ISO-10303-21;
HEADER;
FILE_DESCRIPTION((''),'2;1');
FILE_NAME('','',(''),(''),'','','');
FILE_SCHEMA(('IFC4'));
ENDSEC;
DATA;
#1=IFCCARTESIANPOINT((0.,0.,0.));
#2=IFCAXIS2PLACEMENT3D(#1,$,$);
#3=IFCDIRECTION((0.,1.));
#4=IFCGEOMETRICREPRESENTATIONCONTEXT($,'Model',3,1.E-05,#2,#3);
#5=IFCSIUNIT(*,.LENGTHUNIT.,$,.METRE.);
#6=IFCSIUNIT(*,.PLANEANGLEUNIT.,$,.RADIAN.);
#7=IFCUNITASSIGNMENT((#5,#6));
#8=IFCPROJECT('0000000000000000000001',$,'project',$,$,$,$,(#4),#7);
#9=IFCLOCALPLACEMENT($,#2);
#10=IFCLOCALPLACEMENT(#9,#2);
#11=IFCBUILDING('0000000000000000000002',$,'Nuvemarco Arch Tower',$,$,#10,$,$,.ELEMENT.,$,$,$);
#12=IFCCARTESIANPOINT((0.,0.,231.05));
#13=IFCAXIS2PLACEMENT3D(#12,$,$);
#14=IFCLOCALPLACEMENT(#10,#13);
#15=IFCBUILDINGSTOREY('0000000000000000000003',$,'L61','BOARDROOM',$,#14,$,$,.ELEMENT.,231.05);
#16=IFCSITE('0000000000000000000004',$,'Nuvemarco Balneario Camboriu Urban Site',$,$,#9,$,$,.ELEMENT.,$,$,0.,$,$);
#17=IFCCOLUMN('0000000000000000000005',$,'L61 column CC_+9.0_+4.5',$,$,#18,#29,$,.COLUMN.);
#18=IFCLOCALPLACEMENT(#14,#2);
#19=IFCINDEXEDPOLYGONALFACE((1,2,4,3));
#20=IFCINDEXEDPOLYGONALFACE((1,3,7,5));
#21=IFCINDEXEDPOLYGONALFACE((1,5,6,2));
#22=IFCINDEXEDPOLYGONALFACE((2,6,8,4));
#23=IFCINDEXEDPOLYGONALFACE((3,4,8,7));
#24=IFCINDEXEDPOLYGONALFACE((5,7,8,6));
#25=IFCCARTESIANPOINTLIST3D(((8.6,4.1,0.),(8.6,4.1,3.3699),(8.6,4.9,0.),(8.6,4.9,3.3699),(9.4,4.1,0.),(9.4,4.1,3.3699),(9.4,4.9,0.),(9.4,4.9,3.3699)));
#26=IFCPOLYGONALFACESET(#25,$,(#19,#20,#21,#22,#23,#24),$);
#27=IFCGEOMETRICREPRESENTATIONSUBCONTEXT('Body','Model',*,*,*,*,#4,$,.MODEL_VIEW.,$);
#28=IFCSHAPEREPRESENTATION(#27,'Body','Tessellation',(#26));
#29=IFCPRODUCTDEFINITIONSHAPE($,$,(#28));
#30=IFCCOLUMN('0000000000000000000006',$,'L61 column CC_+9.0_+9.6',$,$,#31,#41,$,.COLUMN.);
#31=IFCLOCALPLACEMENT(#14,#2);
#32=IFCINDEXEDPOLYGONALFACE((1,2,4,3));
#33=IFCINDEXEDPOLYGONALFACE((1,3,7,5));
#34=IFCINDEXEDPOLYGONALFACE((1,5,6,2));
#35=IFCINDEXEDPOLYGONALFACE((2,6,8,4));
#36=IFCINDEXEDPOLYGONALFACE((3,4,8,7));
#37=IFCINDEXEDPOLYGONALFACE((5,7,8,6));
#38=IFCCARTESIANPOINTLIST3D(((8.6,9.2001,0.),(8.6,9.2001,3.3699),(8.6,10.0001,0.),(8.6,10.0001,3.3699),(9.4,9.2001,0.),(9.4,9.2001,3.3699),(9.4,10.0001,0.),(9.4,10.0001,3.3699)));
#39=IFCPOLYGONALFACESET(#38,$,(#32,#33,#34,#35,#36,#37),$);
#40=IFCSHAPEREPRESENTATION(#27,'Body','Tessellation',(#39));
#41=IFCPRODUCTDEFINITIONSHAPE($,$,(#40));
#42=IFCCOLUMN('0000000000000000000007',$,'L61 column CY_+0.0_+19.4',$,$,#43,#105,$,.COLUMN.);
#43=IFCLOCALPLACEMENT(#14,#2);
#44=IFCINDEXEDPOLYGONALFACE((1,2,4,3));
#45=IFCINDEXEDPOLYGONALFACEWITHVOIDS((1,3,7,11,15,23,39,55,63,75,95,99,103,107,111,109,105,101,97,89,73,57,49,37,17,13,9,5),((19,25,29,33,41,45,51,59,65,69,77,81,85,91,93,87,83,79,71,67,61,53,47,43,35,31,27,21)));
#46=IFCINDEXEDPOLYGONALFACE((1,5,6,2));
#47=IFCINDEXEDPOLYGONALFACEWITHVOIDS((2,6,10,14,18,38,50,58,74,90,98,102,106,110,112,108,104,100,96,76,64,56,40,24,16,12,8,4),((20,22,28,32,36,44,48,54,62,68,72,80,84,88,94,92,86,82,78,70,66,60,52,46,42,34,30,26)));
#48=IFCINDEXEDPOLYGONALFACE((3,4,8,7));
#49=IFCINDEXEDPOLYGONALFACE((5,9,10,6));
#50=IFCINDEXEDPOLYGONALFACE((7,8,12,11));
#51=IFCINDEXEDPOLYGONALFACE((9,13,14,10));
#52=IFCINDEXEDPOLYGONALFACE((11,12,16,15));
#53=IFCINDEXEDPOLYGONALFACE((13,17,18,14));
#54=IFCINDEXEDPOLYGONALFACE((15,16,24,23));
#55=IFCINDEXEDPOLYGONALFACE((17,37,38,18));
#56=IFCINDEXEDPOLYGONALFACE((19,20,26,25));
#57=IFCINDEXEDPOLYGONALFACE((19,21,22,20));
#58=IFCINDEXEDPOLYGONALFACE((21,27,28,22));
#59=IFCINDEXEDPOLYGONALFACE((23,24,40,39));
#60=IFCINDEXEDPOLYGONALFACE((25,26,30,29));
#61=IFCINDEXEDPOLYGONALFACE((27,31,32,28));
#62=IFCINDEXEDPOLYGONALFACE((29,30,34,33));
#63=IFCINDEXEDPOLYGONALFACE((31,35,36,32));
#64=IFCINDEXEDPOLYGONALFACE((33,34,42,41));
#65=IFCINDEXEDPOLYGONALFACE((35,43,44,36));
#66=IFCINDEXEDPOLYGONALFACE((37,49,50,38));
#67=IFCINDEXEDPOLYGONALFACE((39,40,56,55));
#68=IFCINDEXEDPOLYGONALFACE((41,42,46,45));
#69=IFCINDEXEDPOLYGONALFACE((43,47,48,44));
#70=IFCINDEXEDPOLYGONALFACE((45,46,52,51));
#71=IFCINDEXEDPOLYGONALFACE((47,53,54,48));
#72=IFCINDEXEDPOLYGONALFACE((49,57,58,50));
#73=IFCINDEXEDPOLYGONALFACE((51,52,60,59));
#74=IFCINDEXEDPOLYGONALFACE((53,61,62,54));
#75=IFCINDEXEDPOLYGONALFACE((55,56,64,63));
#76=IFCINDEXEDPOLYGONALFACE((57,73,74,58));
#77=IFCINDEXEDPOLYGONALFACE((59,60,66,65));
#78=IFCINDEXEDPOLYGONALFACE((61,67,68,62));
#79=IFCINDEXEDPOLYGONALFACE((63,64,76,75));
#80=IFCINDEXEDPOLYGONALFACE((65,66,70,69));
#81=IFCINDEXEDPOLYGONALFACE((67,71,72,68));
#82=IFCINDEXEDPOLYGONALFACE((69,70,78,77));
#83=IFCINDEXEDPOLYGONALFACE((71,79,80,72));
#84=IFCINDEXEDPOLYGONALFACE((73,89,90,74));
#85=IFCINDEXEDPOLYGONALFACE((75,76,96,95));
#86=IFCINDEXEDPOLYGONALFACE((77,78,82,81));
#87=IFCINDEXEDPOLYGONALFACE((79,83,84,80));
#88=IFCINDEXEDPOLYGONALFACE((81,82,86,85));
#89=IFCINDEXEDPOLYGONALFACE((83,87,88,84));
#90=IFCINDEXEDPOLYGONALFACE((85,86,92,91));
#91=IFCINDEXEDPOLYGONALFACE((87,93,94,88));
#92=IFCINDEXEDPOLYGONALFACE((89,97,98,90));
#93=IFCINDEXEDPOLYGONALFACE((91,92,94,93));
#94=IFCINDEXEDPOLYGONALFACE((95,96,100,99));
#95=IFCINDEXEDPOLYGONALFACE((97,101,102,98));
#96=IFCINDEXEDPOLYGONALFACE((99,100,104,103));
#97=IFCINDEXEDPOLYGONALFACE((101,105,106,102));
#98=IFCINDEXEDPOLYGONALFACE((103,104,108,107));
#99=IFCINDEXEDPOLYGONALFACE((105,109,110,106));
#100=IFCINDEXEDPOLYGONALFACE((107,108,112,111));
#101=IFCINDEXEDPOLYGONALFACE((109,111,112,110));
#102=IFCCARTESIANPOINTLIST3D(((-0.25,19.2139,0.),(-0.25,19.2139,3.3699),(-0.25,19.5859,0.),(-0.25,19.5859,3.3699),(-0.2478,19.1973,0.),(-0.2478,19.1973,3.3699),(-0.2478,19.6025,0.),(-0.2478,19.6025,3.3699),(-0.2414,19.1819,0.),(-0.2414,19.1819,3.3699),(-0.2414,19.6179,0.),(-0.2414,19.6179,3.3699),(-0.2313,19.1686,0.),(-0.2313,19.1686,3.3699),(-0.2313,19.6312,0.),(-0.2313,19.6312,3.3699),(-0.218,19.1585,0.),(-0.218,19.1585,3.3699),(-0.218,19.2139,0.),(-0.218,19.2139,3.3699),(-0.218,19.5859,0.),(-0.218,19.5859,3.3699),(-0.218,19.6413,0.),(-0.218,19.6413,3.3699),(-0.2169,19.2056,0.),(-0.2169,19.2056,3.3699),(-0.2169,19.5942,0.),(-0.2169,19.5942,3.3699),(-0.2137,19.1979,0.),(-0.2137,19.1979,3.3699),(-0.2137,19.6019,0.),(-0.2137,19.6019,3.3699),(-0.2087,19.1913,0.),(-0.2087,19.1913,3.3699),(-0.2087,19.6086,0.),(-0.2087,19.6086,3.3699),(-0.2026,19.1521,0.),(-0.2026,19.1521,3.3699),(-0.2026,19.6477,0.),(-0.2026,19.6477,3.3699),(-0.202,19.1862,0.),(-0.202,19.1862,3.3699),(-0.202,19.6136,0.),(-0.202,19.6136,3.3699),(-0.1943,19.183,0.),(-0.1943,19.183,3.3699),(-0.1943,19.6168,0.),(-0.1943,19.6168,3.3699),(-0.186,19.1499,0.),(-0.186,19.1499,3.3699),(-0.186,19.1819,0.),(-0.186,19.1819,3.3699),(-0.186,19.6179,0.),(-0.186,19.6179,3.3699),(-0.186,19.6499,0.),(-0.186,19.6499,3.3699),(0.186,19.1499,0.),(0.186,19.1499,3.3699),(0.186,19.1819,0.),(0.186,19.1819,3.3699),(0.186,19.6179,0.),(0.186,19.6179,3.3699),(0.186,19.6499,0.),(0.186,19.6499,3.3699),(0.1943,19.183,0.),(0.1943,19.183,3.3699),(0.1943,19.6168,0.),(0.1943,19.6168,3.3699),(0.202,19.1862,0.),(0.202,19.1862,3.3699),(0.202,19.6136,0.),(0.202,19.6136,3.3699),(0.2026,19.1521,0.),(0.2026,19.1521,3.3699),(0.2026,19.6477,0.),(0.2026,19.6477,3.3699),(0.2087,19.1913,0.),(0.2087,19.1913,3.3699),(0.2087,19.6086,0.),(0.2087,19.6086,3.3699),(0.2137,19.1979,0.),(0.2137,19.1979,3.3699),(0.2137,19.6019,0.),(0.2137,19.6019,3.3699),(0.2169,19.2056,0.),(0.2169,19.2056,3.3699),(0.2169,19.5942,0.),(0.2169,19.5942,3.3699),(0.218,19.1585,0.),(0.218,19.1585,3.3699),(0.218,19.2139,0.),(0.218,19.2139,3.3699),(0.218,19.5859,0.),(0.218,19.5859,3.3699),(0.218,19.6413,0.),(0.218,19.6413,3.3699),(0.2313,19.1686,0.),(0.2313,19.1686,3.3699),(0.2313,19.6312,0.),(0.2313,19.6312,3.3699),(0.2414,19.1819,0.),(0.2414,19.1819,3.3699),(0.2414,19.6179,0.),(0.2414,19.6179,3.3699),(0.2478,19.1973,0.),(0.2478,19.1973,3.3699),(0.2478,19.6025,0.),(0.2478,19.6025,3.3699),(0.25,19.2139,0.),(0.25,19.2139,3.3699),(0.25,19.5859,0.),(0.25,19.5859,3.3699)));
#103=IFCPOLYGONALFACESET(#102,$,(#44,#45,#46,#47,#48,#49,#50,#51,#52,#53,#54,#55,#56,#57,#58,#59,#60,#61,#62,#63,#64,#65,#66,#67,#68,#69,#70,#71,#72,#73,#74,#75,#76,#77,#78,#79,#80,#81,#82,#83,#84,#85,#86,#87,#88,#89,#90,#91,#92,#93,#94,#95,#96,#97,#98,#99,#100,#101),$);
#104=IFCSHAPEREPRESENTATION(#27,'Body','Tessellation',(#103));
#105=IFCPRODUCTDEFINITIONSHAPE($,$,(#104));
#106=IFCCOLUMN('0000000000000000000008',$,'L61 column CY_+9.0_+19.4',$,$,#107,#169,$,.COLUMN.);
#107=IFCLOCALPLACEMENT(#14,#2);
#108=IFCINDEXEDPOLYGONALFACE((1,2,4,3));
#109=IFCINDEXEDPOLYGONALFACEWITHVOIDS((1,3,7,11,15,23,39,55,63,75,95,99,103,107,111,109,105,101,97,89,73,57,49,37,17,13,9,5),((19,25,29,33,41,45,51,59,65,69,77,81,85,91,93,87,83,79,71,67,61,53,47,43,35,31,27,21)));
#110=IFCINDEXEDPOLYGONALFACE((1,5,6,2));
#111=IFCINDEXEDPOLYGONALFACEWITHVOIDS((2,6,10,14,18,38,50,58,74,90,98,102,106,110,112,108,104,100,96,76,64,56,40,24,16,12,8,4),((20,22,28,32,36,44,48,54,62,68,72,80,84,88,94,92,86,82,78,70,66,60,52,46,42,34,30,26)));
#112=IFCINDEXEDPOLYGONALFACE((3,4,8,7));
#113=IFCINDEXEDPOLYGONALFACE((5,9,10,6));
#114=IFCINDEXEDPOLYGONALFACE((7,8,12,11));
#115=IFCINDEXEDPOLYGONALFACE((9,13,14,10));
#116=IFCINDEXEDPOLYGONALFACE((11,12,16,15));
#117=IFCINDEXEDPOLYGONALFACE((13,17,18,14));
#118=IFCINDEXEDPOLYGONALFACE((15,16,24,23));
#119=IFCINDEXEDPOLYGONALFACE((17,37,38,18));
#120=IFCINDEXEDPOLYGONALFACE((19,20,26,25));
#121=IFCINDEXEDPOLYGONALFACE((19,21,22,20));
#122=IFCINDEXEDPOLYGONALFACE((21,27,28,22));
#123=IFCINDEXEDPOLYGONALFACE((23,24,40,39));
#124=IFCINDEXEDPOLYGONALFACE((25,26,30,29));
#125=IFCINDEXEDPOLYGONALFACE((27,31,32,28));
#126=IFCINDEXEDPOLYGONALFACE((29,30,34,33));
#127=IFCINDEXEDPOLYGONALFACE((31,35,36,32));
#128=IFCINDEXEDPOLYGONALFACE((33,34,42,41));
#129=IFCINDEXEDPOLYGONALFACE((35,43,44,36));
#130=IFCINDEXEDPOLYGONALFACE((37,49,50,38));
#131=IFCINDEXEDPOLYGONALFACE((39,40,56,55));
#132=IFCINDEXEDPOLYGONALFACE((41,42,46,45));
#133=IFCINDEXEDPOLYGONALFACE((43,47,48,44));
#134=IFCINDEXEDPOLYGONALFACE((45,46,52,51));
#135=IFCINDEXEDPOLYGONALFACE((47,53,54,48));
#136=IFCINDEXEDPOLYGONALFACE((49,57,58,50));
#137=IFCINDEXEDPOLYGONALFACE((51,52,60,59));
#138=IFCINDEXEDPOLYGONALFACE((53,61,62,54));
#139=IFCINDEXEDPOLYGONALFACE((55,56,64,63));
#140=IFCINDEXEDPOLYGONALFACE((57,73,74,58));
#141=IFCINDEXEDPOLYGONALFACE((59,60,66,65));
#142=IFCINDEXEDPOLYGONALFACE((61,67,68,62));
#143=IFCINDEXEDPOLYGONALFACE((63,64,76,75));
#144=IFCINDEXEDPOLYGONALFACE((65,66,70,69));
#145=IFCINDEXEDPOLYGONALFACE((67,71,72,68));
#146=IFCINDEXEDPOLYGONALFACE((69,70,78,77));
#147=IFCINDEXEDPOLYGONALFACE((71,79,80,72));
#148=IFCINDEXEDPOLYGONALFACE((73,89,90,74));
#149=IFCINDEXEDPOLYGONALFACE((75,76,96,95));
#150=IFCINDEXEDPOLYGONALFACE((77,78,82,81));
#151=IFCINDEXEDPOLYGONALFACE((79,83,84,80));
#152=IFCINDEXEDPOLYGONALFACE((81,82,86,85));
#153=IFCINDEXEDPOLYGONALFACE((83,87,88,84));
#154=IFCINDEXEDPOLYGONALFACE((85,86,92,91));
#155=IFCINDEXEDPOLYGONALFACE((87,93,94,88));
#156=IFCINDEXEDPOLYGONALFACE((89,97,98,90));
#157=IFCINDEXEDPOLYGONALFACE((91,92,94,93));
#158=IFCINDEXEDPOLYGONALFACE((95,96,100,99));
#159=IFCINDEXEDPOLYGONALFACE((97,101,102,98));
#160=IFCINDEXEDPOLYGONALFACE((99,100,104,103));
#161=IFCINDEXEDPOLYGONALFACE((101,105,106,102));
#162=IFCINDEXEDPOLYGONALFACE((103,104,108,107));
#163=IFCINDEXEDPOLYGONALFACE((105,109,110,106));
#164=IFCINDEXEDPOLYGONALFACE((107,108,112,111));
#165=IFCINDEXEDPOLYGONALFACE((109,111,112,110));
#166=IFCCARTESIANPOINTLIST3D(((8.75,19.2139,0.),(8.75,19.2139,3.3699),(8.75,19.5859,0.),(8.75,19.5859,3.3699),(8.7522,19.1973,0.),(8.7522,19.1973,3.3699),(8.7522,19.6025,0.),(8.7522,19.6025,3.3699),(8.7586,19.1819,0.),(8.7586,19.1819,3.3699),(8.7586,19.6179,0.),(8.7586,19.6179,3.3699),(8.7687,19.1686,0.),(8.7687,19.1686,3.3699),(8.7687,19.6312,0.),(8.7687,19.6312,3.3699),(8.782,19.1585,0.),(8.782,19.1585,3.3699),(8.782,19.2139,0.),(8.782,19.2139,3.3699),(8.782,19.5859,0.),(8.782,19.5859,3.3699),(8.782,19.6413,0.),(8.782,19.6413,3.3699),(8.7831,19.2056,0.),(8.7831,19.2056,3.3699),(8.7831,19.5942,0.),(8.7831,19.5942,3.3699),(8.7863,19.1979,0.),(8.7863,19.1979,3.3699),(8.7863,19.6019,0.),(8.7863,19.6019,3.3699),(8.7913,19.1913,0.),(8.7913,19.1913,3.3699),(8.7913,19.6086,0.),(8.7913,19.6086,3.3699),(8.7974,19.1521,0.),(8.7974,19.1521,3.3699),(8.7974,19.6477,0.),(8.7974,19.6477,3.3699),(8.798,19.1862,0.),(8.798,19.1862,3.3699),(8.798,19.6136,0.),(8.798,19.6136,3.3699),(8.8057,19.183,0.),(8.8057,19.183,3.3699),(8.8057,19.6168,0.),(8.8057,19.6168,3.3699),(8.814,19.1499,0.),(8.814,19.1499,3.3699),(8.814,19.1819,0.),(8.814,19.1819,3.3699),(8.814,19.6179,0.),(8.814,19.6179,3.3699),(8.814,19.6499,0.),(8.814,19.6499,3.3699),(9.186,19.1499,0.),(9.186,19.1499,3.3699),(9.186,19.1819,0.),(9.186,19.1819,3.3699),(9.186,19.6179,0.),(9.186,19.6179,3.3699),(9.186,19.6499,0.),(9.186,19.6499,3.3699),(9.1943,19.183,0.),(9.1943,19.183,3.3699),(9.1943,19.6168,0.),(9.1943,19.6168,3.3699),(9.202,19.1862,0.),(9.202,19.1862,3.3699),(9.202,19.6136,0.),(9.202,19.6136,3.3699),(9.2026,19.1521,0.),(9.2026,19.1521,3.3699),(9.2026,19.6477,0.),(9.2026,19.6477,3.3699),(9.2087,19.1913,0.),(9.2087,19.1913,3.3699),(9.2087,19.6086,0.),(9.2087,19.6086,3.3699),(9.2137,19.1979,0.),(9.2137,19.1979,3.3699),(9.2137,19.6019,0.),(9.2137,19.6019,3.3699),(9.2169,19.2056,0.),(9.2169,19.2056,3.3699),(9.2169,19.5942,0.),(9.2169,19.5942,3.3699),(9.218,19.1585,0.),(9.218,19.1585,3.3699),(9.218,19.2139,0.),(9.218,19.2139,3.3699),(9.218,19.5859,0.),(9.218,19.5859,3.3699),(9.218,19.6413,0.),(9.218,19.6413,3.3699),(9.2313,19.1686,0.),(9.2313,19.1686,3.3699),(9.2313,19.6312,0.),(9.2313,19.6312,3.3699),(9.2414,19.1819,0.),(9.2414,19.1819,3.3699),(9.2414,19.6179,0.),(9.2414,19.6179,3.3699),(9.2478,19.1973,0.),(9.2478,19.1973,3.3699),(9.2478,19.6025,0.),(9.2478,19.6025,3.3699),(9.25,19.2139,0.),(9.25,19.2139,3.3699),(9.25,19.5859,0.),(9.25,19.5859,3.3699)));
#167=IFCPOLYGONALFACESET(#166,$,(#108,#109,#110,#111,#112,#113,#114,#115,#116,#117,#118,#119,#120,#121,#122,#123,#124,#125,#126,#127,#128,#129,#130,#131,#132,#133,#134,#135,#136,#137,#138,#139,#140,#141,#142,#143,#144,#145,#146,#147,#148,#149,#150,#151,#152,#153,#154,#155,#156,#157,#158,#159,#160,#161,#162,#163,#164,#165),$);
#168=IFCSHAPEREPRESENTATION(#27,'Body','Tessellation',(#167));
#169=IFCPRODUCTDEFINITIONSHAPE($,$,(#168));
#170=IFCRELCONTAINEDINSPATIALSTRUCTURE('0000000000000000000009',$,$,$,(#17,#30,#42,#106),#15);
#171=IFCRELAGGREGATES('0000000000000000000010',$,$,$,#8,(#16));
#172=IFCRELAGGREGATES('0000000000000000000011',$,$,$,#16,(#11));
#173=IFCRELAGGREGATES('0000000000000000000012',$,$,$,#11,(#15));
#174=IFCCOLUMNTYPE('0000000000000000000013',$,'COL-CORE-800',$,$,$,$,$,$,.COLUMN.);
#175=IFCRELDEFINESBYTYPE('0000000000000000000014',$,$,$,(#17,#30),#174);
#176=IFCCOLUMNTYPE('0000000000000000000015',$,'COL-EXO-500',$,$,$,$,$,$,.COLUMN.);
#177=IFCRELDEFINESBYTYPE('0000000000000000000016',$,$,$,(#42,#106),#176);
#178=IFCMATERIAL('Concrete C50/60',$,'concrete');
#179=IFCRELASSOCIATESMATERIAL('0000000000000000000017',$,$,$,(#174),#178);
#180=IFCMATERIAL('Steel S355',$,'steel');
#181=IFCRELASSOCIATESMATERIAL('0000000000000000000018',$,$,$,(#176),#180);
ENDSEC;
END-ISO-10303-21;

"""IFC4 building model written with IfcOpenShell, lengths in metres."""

from ifc_helpers import new_model, si_unit, direction, frame, origin, origin_2d, place, context, subcontext, project, spatial, rectangle, hollow_rectangle, extrude, material, material_profile, profile_set, type_object, element, save


model = new_model("IFC4")

# Units and contexts
model_context = context("Model", 3, precision=1e-05, world=origin(), true_north=direction((0.0, 1.0)))
body_context = subcontext(model_context, "Body", "Model", "MODEL_VIEW")
ifc_project = project(units=[si_unit("LENGTHUNIT", "METRE"), si_unit("PLANEANGLEUNIT", "RADIAN")], contexts=[model_context])

# Site, building, storey
site_placement = place(None, origin())
site = spatial("IfcSite", under=ifc_project, at=site_placement, Name="Nuvemarco Balneario Camboriu Urban Site", CompositionType="ELEMENT", RefElevation=0.0)
building_placement = place(site_placement, origin())
building = spatial("IfcBuilding", under=site, at=building_placement, Name="Nuvemarco Arch Tower", CompositionType="ELEMENT")
storey_placement = place(building_placement, frame((0.0, 0.0, 231.05)))
storey = spatial("IfcBuildingStorey", under=building, at=storey_placement, Name="L61", Description="BOARDROOM", CompositionType="ELEMENT", Elevation=231.05)

# Columns
ifc_material_1 = material(Name="Concrete C50/60", Category="concrete")
ifc_material_profile_1 = material_profile(ifc_material_1, rectangle(XDim=0.8, YDim=0.8, at=origin_2d()), Name="RC-COL-800x800")
ifc_profile_set_1 = profile_set([ifc_material_profile_1], Name="Concrete C50/60")
column_type_1 = type_object("IfcColumnType", Name="COL-CORE-800", PredefinedType="COLUMN", material=ifc_profile_set_1)
for number, where, z_axis, x_axis, name in (
    (1, (9.0, 4.5, 0.0), (0.0, 0.0, 1.0), (1.0, 0.0, 0.0), "L61 column CC_+9.0_+4.5"),
    (2, (9.0, 9.6001, 0.0), (0.0, 0.0, 1.0), (1.0, 0.0, 0.0), "L61 column CC_+9.0_+9.6"),
):
    element("IfcColumn", number, at=place(storey_placement, frame(where, z_axis=z_axis, x_axis=x_axis)), inside=storey, type_object=column_type_1, Name=name, PredefinedType="COLUMN", context=body_context, shape_type="SweptSolid", body=[
        extrude(rectangle(XDim=0.8, YDim=0.8, at=origin_2d()), origin(), (0.0, 0.0, 1.0), 3.3699),
    ])
ifc_material_2 = material(Name="Steel S355", Category="steel")
ifc_material_profile_2 = material_profile(ifc_material_2, hollow_rectangle(XDim=0.5, YDim=0.5, WallThickness=0.032, InnerFilletRadius=0.032, OuterFilletRadius=0.064, at=origin_2d()), Name="SHS500x500x32")
ifc_profile_set_2 = profile_set([ifc_material_profile_2], Name="Steel S355")
column_type_2 = type_object("IfcColumnType", Name="COL-EXO-500", PredefinedType="COLUMN", material=ifc_profile_set_2)
for number, where, z_axis, x_axis, name in (
    (3, (0.0, 19.3999, 0.0), (0.0, 0.0, 1.0), (1.0, 0.0, 0.0), "L61 column CY_+0.0_+19.4"),
    (4, (9.0, 19.3999, 0.0), (0.0, 0.0, 1.0), (1.0, 0.0, 0.0), "L61 column CY_+9.0_+19.4"),
):
    element("IfcColumn", number, at=place(storey_placement, frame(where, z_axis=z_axis, x_axis=x_axis)), inside=storey, type_object=column_type_2, Name=name, PredefinedType="COLUMN", context=body_context, shape_type="SweptSolid", body=[
        extrude(hollow_rectangle(XDim=0.5, YDim=0.5, WallThickness=0.032, InnerFilletRadius=0.032, OuterFilletRadius=0.064, at=origin_2d()), origin(), (0.0, 0.0, 1.0), 3.3699),
    ])

save(model, "model.ifc")
